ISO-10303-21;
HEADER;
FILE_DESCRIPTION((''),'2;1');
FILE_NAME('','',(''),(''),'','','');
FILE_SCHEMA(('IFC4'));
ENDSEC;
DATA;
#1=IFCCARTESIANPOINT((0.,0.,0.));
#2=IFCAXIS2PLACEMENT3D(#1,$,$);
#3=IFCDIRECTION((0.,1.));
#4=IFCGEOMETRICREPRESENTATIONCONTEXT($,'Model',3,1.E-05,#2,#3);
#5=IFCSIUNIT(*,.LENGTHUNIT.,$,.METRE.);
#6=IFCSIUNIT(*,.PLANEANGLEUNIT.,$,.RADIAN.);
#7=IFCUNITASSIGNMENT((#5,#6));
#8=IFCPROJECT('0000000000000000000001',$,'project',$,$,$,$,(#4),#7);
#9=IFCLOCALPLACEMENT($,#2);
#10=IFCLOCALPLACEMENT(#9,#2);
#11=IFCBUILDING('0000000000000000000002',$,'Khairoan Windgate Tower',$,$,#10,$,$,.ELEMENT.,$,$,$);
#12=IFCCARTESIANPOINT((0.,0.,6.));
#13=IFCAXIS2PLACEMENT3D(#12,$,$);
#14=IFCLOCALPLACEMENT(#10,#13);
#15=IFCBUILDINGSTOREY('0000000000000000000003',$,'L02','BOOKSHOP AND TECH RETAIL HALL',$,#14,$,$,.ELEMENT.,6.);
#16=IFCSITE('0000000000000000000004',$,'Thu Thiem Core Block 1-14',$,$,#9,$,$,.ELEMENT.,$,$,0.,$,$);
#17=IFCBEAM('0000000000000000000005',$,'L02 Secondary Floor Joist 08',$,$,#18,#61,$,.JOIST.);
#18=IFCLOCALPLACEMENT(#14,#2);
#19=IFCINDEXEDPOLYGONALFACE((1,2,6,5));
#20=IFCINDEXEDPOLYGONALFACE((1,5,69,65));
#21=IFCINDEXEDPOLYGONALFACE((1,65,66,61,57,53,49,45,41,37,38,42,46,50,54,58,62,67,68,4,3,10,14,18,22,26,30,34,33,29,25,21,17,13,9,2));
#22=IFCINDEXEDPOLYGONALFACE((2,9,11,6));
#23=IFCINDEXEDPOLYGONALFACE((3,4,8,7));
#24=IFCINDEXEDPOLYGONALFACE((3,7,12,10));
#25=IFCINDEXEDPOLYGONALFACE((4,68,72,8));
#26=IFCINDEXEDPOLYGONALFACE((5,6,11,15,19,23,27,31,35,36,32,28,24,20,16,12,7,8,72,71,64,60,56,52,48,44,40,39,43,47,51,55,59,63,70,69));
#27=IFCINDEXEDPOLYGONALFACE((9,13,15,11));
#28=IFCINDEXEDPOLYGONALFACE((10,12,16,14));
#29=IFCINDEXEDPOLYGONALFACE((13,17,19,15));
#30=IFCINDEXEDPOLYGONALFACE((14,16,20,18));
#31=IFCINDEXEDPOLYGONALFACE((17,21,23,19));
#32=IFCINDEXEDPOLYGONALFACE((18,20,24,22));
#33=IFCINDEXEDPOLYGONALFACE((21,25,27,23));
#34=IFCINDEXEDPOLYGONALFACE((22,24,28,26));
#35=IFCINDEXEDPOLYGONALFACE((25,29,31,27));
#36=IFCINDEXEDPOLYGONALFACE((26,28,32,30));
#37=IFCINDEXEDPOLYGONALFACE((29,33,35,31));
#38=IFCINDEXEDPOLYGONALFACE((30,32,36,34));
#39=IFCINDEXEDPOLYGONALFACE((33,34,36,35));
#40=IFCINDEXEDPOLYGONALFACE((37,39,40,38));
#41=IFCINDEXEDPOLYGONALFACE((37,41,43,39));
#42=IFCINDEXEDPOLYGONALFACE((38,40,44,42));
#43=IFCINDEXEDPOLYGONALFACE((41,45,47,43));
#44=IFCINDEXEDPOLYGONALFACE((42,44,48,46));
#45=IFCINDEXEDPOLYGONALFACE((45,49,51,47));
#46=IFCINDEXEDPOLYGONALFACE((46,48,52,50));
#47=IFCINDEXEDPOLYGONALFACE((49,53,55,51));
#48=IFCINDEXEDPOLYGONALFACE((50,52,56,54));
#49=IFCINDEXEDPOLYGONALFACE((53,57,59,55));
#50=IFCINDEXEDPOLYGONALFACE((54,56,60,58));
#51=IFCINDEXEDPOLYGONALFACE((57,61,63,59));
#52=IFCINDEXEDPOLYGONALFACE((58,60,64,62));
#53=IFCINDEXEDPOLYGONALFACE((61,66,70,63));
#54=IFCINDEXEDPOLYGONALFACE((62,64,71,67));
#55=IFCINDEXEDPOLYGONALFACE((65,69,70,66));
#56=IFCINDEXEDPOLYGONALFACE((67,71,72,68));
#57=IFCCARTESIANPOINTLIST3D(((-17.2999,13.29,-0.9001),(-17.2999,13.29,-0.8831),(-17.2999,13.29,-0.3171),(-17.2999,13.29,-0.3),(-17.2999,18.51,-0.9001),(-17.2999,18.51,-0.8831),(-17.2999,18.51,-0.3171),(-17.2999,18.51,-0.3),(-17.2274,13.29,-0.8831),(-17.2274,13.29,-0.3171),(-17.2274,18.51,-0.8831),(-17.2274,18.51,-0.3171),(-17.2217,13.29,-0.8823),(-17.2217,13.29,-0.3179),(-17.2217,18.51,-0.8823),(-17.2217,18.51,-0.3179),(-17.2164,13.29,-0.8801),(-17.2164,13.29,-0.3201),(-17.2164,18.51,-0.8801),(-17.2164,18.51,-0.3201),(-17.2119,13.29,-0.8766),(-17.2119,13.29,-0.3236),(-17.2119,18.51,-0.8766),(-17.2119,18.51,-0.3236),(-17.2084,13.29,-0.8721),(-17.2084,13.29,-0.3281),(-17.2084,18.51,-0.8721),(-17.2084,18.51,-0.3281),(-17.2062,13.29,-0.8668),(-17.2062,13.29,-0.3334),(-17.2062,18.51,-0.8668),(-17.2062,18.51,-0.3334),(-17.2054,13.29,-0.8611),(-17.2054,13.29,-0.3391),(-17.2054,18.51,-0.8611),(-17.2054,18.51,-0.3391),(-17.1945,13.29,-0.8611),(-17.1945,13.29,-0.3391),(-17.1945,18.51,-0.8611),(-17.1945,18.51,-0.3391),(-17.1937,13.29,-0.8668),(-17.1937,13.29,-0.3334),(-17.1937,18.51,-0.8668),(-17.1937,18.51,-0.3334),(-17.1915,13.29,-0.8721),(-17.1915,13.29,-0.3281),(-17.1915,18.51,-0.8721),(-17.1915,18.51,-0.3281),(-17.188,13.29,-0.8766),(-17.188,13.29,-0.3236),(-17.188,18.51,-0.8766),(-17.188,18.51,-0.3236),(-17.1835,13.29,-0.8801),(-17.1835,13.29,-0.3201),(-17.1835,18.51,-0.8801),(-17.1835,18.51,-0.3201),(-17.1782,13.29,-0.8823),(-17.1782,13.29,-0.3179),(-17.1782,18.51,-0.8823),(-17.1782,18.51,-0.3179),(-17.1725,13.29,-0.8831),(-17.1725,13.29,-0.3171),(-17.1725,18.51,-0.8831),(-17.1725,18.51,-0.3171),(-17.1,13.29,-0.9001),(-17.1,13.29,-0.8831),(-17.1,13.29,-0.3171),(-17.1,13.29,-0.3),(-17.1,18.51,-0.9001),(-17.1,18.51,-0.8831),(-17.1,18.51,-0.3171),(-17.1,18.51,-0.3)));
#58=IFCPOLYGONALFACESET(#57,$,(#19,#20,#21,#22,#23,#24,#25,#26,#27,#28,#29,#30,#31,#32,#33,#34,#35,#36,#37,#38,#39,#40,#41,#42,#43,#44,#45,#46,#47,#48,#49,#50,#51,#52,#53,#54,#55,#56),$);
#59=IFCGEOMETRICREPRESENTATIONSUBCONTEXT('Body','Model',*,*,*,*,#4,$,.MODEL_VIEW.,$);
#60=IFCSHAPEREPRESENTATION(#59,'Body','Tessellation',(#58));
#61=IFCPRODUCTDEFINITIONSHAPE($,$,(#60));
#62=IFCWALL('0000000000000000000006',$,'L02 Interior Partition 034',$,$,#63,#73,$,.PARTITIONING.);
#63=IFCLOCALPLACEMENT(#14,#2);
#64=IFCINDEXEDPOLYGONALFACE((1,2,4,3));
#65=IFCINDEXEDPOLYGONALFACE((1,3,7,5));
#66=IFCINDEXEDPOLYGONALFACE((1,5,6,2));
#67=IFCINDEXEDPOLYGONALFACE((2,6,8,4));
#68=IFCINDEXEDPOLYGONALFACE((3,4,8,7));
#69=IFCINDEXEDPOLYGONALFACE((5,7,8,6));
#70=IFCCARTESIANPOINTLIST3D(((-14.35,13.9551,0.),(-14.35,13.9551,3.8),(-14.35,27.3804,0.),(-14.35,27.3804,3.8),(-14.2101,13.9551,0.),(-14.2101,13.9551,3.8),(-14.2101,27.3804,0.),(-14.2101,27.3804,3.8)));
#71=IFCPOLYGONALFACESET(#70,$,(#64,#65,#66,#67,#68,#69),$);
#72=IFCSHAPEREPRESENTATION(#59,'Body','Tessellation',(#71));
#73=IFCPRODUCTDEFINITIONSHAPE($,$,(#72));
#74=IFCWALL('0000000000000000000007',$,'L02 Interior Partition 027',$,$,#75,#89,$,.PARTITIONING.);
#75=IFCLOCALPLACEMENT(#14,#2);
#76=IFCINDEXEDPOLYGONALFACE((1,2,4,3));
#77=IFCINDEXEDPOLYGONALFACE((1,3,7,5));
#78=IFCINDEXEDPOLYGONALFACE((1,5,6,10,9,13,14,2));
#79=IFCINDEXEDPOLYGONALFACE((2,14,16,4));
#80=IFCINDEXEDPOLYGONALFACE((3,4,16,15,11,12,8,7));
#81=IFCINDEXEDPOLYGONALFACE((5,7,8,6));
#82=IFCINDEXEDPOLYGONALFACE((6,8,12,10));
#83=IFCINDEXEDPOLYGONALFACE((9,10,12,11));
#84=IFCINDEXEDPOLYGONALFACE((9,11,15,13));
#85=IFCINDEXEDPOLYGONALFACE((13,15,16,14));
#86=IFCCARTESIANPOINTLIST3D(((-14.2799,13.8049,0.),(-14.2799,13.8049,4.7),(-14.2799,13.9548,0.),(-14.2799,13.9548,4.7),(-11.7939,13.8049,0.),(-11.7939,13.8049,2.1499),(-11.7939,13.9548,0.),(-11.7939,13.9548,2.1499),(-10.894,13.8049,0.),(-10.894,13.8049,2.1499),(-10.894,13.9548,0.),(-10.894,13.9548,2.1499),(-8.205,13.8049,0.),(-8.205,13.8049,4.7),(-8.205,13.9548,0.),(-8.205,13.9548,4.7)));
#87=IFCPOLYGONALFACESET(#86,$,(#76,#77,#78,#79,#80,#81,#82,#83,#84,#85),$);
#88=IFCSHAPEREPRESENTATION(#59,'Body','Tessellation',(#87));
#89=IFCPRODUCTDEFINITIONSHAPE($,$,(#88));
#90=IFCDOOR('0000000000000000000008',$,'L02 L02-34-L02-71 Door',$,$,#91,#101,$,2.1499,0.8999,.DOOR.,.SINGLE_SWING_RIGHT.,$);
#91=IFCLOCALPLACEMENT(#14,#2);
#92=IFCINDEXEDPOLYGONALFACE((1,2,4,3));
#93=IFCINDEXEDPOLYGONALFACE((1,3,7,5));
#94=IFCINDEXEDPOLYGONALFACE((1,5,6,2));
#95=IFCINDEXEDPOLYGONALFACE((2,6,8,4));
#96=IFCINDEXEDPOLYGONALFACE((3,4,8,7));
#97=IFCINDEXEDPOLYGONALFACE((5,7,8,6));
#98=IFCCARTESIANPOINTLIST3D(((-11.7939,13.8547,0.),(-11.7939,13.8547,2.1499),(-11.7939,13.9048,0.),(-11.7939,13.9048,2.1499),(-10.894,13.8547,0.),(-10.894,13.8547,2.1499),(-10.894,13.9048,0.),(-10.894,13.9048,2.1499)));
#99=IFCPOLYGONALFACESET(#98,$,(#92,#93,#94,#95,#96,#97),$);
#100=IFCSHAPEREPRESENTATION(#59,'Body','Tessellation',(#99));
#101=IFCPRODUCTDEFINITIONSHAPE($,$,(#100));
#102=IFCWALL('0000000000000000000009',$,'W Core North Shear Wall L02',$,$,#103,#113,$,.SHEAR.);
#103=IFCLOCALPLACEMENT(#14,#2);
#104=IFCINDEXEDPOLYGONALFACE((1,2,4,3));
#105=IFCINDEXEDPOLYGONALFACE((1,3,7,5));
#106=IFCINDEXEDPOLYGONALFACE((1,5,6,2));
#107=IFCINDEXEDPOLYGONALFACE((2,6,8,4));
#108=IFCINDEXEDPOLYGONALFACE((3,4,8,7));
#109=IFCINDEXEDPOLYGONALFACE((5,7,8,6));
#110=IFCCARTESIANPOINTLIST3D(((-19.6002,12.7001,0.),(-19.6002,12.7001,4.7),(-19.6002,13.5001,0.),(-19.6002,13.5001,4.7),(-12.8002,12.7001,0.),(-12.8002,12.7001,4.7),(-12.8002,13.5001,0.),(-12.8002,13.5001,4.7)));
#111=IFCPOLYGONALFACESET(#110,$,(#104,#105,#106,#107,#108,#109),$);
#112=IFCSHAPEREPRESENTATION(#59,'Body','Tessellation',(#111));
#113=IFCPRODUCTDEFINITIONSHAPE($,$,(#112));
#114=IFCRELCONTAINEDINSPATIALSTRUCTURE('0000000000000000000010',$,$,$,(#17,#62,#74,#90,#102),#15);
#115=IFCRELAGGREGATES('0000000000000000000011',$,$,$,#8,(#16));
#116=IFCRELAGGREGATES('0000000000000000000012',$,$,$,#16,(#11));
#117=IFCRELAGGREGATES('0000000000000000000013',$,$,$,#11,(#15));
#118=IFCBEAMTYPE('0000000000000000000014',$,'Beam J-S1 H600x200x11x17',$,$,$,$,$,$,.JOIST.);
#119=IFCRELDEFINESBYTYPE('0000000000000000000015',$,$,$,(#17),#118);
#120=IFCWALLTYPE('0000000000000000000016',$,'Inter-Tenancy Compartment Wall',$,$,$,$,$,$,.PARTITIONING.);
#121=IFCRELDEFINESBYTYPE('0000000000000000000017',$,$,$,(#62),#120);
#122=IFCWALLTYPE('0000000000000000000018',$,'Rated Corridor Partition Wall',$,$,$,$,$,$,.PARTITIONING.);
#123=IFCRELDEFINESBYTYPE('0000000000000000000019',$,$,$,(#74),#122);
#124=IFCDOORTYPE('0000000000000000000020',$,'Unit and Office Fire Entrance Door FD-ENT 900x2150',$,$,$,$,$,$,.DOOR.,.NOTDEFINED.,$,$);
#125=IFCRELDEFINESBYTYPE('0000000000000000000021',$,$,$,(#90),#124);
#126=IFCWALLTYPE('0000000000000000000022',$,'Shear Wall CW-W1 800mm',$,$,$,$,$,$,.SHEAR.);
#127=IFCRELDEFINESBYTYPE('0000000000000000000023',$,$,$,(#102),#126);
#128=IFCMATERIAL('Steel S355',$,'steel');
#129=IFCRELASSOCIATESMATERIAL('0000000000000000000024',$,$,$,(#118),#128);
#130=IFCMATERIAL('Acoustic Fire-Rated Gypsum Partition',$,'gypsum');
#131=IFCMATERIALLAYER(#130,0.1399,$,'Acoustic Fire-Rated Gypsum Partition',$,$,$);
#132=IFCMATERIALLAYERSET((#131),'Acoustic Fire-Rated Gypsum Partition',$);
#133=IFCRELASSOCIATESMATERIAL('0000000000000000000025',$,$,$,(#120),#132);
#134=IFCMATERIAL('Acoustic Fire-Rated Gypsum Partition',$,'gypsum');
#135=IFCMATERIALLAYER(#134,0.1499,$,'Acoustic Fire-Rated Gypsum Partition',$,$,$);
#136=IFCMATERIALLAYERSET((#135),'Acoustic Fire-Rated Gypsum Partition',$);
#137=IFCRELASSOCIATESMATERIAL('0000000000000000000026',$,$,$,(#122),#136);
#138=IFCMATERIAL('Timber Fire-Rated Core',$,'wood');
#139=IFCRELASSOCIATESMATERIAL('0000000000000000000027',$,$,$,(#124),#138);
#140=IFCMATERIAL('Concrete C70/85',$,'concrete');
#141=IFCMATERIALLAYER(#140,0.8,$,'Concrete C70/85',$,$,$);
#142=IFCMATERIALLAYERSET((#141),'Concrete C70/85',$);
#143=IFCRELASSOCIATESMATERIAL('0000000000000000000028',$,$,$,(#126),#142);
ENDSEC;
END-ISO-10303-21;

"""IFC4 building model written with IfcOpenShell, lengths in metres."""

from ifc_helpers import new_model, si_unit, direction, frame, frame_2d, origin, origin_2d, place, context, subcontext, project, spatial, rectangle, i_section, extrude, material, layer, layer_set, material_profile, profile_set, type_object, element, fill, save


model = new_model("IFC4")

# Units and contexts
model_context = context("Model", 3, precision=1e-05, world=origin(), true_north=direction((0.0, 1.0)))
body_context = subcontext(model_context, "Body", "Model", "MODEL_VIEW")
ifc_project = project(units=[si_unit("LENGTHUNIT", "METRE"), si_unit("PLANEANGLEUNIT", "RADIAN")], contexts=[model_context])

# Site, building, storey
site_placement = place(None, origin())
site = spatial("IfcSite", under=ifc_project, at=site_placement, Name="Thu Thiem Core Block 1-14", CompositionType="ELEMENT", RefElevation=0.0)
building_placement = place(site_placement, origin())
building = spatial("IfcBuilding", under=site, at=building_placement, Name="Khairoan Windgate Tower", CompositionType="ELEMENT")
storey_placement = place(building_placement, frame((0.0, 0.0, 6.0)))
storey = spatial("IfcBuildingStorey", under=building, at=storey_placement, Name="L02", Description="BOOKSHOP AND TECH RETAIL HALL", CompositionType="ELEMENT", Elevation=6.0)

# Beam
ifc_material_1 = material(Name="Steel S355", Category="steel")
ifc_material_profile_1 = material_profile(ifc_material_1, i_section(OverallWidth=0.2, OverallDepth=0.6001, WebThickness=0.011, FlangeThickness=0.0171, FilletRadius=0.022, at=origin_2d()))
ifc_profile_set_1 = profile_set([ifc_material_profile_1], Name="Steel S355")
beam_type_1 = type_object("IfcBeamType", Name="Beam J-S1 H600x200x11x17", PredefinedType="JOIST", material=ifc_profile_set_1)
beam_1_placement = place(storey_placement, frame((-17.2, 13.29, -0.6001), z_axis=(0.0, 1.0, 0.0), x_axis=(-1.0, 0.0, 0.0)))
element("IfcBeam", 1, at=beam_1_placement, inside=storey, type_object=beam_type_1, Name="L02 Secondary Floor Joist 08", PredefinedType="JOIST", context=body_context, shape_type="SweptSolid", body=[
    extrude(i_section(OverallWidth=0.2, OverallDepth=0.6001, WebThickness=0.011, FlangeThickness=0.0171, FilletRadius=0.022, at=origin_2d()), origin(), (0.0, 0.0, 1.0), 5.22),
])

# Wall
ifc_material_2 = material(Name="Acoustic Fire-Rated Gypsum Partition", Category="gypsum")
ifc_layer_1 = layer(ifc_material_2, 0.1399, Name="Acoustic Fire-Rated Gypsum Partition")
ifc_layer_set_1 = layer_set([ifc_layer_1], Name="Acoustic Fire-Rated Gypsum Partition")
wall_type_1 = type_object("IfcWallType", Name="Inter-Tenancy Compartment Wall", PredefinedType="PARTITIONING", material=ifc_layer_set_1)
wall_1_placement = place(storey_placement, frame((-14.28, 13.9551, 0.0), z_axis=(0.0, 0.0, 1.0), x_axis=(0.0, 1.0, 0.0)))
element("IfcWall", 2, at=wall_1_placement, inside=storey, type_object=wall_type_1, Name="L02 Interior Partition 034", PredefinedType="PARTITIONING", context=body_context, shape_type="SweptSolid", body=[
    extrude(rectangle(XDim=13.4253, YDim=0.1399, at=frame_2d((6.7126, 0.0))), origin(), (0.0, 0.0, 1.0), 3.8),
])

# Wall, opening, door
ifc_material_3 = material(Name="Acoustic Fire-Rated Gypsum Partition", Category="gypsum")
ifc_layer_2 = layer(ifc_material_3, 0.1499, Name="Acoustic Fire-Rated Gypsum Partition")
ifc_layer_set_2 = layer_set([ifc_layer_2], Name="Acoustic Fire-Rated Gypsum Partition")
wall_type_2 = type_object("IfcWallType", Name="Rated Corridor Partition Wall", PredefinedType="PARTITIONING", material=ifc_layer_set_2)
wall_2_placement = place(storey_placement, frame((-14.28, 13.8799, 0.0), z_axis=(0.0, 0.0, 1.0), x_axis=(1.0, 0.0, 0.0)))
wall_2 = element("IfcWall", 3, at=wall_2_placement, inside=storey, type_object=wall_type_2, Name="L02 Interior Partition 027", PredefinedType="PARTITIONING", context=body_context, shape_type="SweptSolid", body=[
    extrude(rectangle(XDim=6.075, YDim=0.1499, at=frame_2d((3.0376, 0.0))), origin(), (0.0, 0.0, 1.0), 4.7),
])
opening_placement = place(wall_2_placement, frame((2.4861, 0.0, 0.0)))
opening = element("IfcOpeningElement", 4, at=opening_placement, cuts=wall_2, PredefinedType="OPENING", context=body_context, shape_type="SweptSolid", body=[
    extrude(rectangle(XDim=0.8999, YDim=2.1499, at=frame_2d((0.45, 1.075))), frame((0.0, 0.085, 0.0), z_axis=(0.0, -1.0, 0.0), x_axis=(1.0, 0.0, 0.0)), (0.0, 0.0, 1.0), 0.1699),
])
ifc_material_4 = material(Name="Timber Fire-Rated Core", Category="wood")
door_type = type_object("IfcDoorType", Name="Unit and Office Fire Entrance Door FD-ENT 900x2150", OperationType="NOTDEFINED", PredefinedType="DOOR", material=ifc_material_4)
door_placement = place(opening_placement, origin())
door = element("IfcDoor", 5, at=door_placement, inside=storey, type_object=door_type, Name="L02 L02-34-L02-71 Door", OperationType="SINGLE_SWING_RIGHT", OverallHeight=2.1499, OverallWidth=0.8999, PredefinedType="DOOR", context=body_context, shape_type="SweptSolid", body=[
    extrude(rectangle(XDim=0.8999, YDim=2.1499, at=frame_2d((0.45, 1.075))), frame((0.0, 0.0249, 0.0), z_axis=(0.0, -1.0, 0.0), x_axis=(1.0, 0.0, 0.0)), (0.0, 0.0, 1.0), 0.05),
])
fill(opening, door)

# Wall
ifc_material_5 = material(Name="Concrete C70/85", Category="concrete")
ifc_layer_3 = layer(ifc_material_5, 0.8, Name="Concrete C70/85")
ifc_layer_set_3 = layer_set([ifc_layer_3], Name="Concrete C70/85")
wall_type_3 = type_object("IfcWallType", Name="Shear Wall CW-W1 800mm", PredefinedType="SHEAR", material=ifc_layer_set_3)
wall_3_placement = place(storey_placement, frame((-19.6001, 13.1001, 0.0), z_axis=(0.0, 0.0, 1.0), x_axis=(1.0, 0.0, 0.0)))
element("IfcWall", 6, at=wall_3_placement, inside=storey, type_object=wall_type_3, Name="W Core North Shear Wall L02", PredefinedType="SHEAR", context=body_context, shape_type="SweptSolid", body=[
    extrude(rectangle(XDim=6.8, YDim=0.8, at=frame_2d((3.3999, 0.0))), origin(), (0.0, 0.0, 1.0), 4.7),
])

save(model, "model.ifc")
